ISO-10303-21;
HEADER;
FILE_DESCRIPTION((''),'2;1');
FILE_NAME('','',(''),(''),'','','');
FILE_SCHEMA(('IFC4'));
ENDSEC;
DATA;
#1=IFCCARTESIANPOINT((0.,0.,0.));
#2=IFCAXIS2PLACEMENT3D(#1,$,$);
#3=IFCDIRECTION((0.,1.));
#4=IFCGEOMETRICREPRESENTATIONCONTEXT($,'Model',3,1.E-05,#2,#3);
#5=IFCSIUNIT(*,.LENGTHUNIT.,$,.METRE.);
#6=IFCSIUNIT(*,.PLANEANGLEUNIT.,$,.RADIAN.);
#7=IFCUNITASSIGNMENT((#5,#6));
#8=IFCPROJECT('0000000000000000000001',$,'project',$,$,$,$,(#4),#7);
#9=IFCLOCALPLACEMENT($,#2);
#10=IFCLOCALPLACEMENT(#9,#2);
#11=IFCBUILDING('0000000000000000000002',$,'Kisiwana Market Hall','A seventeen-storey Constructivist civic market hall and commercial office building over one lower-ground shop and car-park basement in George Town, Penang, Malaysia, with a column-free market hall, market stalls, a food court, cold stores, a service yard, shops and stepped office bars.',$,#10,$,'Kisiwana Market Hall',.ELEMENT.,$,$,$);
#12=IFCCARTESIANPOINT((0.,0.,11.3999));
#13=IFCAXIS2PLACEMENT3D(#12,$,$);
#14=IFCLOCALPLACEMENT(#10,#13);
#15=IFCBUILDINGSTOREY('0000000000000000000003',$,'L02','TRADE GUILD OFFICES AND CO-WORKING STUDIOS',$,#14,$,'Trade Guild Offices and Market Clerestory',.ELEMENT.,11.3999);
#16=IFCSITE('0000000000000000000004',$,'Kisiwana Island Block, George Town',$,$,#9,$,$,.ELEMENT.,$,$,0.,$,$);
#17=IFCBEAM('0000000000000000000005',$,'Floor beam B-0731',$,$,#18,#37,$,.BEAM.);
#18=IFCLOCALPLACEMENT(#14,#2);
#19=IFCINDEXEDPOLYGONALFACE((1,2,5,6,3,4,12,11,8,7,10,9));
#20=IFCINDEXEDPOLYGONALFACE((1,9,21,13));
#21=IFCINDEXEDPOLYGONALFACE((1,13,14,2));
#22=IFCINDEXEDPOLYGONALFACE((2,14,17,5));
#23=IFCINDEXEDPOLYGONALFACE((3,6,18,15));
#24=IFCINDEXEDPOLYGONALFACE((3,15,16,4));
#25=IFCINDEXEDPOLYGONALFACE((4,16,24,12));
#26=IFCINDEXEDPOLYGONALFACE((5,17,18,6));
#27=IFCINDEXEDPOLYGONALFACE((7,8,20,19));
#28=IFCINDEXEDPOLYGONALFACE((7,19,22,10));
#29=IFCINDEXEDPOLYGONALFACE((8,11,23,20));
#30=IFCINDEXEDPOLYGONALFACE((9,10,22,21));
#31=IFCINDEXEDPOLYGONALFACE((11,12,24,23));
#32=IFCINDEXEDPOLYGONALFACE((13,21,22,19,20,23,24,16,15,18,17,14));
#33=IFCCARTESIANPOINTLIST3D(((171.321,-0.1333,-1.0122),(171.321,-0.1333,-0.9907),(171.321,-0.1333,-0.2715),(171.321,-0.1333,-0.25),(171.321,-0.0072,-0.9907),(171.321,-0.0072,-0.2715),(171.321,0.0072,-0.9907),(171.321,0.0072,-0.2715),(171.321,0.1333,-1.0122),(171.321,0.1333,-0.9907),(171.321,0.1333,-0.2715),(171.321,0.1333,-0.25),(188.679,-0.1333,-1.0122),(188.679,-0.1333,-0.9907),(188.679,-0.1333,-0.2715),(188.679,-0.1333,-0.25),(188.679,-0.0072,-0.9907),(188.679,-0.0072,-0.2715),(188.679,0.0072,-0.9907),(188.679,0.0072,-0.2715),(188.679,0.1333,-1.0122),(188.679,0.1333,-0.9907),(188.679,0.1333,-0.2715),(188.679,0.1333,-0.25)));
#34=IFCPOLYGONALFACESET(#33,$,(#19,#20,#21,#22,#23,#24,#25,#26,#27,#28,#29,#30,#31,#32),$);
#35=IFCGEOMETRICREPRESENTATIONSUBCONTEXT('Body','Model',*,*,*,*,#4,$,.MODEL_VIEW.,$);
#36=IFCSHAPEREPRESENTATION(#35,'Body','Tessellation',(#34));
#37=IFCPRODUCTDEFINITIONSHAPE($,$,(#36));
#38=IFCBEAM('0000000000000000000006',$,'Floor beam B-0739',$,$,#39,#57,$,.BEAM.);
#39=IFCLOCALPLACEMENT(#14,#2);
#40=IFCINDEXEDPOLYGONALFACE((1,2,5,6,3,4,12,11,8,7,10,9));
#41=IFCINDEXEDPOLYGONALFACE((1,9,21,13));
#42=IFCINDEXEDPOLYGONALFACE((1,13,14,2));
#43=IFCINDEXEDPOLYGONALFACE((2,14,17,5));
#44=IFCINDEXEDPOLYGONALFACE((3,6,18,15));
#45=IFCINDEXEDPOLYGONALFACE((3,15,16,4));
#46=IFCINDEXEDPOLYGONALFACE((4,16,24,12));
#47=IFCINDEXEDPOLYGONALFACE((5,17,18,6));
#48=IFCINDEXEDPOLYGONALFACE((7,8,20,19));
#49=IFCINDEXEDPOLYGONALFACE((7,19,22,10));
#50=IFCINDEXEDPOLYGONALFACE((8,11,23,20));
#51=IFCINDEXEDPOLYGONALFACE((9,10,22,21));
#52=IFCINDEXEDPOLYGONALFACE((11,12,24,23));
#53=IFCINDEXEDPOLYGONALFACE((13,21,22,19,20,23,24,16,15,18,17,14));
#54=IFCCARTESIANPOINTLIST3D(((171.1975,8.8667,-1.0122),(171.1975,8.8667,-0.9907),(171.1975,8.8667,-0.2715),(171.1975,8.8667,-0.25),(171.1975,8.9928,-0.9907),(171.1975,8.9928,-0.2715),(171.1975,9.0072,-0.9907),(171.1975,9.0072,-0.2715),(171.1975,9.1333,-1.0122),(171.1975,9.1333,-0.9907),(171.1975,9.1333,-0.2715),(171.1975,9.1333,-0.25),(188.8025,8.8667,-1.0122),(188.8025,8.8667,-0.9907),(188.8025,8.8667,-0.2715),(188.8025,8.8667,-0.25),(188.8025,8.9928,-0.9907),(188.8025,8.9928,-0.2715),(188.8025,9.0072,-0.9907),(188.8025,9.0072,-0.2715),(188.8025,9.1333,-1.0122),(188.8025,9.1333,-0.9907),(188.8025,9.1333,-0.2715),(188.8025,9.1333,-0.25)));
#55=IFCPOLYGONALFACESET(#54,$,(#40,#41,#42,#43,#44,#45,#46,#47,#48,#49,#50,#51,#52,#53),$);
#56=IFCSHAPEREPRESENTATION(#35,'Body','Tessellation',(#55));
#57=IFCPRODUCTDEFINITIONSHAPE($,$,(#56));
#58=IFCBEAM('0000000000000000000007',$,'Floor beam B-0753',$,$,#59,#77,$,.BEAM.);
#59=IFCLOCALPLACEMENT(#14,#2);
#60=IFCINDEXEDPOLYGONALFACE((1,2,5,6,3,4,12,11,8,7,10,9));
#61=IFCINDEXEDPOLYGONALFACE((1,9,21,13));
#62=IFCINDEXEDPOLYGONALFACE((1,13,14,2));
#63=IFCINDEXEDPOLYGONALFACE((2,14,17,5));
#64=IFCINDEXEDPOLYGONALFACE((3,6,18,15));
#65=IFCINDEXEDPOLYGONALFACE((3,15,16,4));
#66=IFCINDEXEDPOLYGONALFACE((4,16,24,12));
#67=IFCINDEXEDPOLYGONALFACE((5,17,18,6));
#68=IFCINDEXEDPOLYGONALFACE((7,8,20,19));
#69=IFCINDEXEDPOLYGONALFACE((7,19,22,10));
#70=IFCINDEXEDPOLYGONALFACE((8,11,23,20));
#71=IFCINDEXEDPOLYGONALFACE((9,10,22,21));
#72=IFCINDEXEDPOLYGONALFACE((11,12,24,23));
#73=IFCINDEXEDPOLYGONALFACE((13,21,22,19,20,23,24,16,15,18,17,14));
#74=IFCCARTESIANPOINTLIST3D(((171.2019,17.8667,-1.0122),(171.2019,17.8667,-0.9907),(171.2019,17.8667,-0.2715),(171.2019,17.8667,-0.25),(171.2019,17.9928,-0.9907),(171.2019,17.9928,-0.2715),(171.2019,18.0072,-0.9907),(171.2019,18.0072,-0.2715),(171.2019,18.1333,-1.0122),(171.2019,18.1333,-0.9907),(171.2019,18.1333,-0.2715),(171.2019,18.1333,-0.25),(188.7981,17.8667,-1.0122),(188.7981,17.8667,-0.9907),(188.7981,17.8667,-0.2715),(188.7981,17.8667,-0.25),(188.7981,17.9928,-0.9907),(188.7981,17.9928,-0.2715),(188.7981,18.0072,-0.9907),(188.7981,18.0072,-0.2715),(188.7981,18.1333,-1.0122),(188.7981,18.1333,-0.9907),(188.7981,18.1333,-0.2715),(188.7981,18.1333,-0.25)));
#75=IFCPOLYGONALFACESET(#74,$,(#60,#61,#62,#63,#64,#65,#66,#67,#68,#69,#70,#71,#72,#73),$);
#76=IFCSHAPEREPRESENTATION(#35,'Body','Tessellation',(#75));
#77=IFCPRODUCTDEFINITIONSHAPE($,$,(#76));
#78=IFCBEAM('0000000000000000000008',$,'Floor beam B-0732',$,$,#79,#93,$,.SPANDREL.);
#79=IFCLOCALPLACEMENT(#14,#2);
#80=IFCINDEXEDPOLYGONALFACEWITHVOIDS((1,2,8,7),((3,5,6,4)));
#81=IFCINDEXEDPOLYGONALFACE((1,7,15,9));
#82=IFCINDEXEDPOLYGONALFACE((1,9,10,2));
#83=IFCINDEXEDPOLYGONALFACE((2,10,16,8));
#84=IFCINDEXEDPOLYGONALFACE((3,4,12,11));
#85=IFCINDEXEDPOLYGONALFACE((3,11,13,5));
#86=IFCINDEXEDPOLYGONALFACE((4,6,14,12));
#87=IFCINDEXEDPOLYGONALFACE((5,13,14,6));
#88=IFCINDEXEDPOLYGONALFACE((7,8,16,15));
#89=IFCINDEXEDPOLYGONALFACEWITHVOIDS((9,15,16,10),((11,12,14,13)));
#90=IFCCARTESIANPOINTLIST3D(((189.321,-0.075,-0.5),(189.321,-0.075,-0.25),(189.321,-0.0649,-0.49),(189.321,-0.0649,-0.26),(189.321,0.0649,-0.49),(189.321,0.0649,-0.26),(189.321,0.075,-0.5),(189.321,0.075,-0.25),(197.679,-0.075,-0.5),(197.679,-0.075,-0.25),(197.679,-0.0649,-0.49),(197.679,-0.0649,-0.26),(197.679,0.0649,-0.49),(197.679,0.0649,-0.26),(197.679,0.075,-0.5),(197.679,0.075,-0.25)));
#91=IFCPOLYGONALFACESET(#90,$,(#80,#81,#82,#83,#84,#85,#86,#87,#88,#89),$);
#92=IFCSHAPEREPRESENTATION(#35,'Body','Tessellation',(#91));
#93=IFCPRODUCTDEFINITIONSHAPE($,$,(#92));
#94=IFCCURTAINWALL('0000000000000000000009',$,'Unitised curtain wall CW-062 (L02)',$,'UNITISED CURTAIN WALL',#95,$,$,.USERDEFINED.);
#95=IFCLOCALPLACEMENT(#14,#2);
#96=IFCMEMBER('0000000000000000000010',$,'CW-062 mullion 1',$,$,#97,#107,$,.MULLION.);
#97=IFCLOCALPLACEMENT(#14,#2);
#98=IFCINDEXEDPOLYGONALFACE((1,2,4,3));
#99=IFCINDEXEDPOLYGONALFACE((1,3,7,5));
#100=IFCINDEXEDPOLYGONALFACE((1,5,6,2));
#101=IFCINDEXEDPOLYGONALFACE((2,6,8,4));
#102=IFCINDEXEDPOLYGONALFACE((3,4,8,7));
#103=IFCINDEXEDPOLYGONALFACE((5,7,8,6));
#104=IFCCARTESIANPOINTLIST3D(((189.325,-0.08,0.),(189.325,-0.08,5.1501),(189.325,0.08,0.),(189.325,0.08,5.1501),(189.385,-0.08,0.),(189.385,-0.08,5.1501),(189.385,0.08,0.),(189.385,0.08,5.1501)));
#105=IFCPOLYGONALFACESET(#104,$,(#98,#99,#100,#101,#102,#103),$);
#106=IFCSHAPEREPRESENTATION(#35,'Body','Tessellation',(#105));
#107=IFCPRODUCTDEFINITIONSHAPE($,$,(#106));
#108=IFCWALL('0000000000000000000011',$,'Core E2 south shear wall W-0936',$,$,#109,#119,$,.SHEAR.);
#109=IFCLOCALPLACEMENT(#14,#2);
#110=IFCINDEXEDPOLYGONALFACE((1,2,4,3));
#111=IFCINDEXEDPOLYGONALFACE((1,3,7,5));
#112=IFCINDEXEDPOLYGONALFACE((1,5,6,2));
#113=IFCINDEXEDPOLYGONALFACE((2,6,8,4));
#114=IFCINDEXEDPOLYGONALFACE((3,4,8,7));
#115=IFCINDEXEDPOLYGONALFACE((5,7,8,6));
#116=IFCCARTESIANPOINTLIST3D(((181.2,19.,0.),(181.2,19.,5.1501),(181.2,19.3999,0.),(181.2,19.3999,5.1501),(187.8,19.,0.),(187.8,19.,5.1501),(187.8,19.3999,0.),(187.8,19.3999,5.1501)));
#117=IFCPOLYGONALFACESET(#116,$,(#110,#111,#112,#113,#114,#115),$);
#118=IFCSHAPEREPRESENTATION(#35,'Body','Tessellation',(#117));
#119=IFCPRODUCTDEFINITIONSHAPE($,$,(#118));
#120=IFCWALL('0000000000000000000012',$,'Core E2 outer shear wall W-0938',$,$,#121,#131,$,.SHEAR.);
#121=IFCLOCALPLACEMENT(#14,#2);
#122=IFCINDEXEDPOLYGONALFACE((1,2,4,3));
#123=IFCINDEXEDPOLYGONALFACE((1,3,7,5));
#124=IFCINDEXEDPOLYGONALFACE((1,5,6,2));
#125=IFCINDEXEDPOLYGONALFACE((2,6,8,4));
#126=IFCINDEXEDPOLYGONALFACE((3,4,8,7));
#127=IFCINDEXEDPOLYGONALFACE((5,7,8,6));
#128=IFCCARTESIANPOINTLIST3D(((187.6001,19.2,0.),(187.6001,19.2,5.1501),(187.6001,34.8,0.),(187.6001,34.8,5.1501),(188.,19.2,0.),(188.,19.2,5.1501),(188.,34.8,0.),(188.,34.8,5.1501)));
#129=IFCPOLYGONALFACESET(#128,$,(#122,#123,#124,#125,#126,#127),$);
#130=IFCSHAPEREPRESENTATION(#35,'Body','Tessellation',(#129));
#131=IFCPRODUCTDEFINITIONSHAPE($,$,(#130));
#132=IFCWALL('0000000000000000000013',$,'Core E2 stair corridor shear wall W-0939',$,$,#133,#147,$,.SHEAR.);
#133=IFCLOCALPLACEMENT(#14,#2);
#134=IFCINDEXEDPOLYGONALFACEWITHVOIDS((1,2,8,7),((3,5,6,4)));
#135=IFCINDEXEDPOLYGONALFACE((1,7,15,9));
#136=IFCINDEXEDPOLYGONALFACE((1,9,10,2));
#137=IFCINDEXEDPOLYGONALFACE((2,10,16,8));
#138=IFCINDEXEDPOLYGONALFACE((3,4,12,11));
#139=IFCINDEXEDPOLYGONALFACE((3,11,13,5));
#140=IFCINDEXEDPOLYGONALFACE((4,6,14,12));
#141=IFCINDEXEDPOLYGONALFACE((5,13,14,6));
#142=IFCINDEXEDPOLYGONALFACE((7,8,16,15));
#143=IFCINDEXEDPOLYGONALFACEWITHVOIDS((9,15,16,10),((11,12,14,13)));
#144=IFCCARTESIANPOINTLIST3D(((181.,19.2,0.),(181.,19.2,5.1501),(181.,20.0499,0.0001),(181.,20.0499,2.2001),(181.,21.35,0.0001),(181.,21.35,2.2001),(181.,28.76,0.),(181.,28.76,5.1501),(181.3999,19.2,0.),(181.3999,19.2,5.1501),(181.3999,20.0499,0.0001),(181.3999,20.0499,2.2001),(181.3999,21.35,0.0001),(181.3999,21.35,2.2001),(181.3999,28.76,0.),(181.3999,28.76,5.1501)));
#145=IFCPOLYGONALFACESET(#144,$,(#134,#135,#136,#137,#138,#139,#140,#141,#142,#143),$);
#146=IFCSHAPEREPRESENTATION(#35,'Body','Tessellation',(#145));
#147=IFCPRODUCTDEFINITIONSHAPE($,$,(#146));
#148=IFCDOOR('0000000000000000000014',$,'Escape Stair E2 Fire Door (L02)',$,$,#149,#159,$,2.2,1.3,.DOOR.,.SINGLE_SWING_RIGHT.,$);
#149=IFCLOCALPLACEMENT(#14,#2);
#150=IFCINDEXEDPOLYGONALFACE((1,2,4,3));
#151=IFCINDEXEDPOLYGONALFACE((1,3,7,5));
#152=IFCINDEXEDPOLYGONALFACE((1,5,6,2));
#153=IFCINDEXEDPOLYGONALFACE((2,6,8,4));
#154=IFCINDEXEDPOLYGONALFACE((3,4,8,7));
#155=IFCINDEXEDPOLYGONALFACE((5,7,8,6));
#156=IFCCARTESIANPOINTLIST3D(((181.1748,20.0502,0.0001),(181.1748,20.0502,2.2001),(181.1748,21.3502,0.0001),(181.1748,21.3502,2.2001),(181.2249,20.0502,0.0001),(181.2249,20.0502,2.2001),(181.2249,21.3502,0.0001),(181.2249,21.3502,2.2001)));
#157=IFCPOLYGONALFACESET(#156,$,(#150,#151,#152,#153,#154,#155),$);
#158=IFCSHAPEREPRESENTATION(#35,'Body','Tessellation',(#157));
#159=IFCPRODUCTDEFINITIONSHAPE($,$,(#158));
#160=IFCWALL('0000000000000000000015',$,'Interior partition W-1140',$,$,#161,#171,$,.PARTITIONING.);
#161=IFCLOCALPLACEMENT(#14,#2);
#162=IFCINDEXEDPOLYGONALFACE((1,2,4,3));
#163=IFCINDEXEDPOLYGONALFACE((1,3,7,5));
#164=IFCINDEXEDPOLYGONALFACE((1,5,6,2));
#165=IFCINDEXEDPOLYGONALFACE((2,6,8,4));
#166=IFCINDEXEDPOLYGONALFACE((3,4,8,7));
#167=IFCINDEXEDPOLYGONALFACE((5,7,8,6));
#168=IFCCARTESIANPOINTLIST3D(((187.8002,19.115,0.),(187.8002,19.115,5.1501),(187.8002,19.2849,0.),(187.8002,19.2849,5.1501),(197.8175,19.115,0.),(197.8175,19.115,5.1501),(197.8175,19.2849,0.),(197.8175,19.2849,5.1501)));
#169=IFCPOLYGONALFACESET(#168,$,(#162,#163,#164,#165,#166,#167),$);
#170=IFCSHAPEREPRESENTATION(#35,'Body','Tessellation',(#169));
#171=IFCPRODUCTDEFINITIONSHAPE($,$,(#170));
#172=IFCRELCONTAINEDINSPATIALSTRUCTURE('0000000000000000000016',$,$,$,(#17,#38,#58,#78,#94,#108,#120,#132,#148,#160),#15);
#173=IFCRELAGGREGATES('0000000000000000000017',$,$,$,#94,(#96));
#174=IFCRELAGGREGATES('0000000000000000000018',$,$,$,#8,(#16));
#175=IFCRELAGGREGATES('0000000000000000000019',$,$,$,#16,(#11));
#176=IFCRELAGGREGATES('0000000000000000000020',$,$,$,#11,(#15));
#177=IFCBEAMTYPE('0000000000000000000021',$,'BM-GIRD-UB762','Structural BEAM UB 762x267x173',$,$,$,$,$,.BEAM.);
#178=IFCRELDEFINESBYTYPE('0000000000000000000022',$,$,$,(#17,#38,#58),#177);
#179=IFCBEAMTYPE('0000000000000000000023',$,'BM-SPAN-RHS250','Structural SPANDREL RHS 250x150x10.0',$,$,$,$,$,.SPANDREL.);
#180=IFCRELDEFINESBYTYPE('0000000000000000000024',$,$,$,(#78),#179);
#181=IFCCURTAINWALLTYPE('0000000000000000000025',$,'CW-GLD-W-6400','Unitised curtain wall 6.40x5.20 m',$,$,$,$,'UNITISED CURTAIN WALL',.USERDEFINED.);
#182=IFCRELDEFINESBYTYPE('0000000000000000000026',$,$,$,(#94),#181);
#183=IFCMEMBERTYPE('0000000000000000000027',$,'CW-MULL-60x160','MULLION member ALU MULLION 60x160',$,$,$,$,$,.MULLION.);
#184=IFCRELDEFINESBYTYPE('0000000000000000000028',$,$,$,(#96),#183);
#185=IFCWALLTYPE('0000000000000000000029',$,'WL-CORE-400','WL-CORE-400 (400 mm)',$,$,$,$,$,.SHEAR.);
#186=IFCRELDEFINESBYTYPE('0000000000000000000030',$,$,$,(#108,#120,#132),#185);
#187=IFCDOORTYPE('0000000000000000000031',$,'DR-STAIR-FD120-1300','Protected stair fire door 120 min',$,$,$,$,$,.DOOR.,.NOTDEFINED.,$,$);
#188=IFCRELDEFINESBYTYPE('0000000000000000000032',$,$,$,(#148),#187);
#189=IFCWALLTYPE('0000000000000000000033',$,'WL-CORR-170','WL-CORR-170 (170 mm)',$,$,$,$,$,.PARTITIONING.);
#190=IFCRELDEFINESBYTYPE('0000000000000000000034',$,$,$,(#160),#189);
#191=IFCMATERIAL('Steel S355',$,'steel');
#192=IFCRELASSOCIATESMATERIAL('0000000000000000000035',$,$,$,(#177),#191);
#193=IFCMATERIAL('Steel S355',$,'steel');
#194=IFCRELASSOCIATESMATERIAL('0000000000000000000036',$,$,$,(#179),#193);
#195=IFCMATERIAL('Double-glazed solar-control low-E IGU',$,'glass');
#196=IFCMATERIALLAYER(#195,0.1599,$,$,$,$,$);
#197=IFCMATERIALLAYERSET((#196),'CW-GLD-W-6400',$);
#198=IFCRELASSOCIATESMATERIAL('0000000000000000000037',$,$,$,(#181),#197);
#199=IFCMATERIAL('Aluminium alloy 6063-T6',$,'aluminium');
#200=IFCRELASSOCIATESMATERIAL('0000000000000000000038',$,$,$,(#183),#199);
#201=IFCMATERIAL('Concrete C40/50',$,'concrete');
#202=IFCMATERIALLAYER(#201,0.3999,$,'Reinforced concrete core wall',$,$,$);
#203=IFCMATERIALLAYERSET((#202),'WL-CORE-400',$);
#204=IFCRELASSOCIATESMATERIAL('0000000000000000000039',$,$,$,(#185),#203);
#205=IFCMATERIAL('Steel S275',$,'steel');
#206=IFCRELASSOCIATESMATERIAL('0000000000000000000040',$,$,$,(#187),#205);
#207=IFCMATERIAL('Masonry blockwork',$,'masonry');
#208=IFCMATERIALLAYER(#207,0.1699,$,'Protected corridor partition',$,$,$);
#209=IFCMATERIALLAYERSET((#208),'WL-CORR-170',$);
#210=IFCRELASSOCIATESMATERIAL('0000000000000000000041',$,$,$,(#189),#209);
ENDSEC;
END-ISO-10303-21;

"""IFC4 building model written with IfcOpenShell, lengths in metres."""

from ifc_helpers import new_model, si_unit, direction, frame, frame_2d, origin, origin_2d, place, context, subcontext, project, spatial, rectangle, hollow_rectangle, i_section, extrude, material, layer, layer_set, material_profile, profile_set, type_object, element, fill, aggregate, save


model = new_model("IFC4")

# Units and contexts
model_context = context("Model", 3, precision=1e-05, world=origin(), true_north=direction((0.0, 1.0)))
body_context = subcontext(model_context, "Body", "Model", "MODEL_VIEW")
ifc_project = project(units=[si_unit("LENGTHUNIT", "METRE"), si_unit("PLANEANGLEUNIT", "RADIAN")], contexts=[model_context])

# Site, building, storey
site_placement = place(None, origin())
site = spatial("IfcSite", under=ifc_project, at=site_placement, Name="Kisiwana Island Block, George Town", CompositionType="ELEMENT", RefElevation=0.0)
building_placement = place(site_placement, origin())
building = spatial("IfcBuilding", under=site, at=building_placement, Name="Kisiwana Market Hall", Description="A seventeen-storey Constructivist civic market hall and commercial office building over one lower-ground shop and car-park basement in George Town, Penang, Malaysia, with a column-free market hall, market stalls, a food court, cold stores, a service yard, shops and stepped office bars.", LongName="Kisiwana Market Hall", CompositionType="ELEMENT")
storey_placement = place(building_placement, frame((0.0, 0.0, 11.3999)))
storey = spatial("IfcBuildingStorey", under=building, at=storey_placement, Name="L02", Description="TRADE GUILD OFFICES AND CO-WORKING STUDIOS", LongName="Trade Guild Offices and Market Clerestory", CompositionType="ELEMENT", Elevation=11.3999)

# Beams
ifc_material_1 = material(Name="Steel S355", Category="steel")
ifc_material_profile_1 = material_profile(ifc_material_1, i_section(OverallWidth=0.2666, OverallDepth=0.7622, WebThickness=0.0144, FlangeThickness=0.0215, at=origin_2d()), Name="UB 762x267x173")
ifc_profile_set_1 = profile_set([ifc_material_profile_1], Name="Steel S355")
beam_type_1 = type_object("IfcBeamType", Name="BM-GIRD-UB762", Description="Structural BEAM UB 762x267x173", PredefinedType="BEAM", material=ifc_profile_set_1)
beam_1_placement = place(storey_placement, frame((171.321, 0.0, -0.6311), z_axis=(1.0, 0.0, 0.0), x_axis=(0.0, 1.0, 0.0)))
element("IfcBeam", 1, at=beam_1_placement, inside=storey, type_object=beam_type_1, Name="Floor beam B-0731", PredefinedType="BEAM", context=body_context, shape_type="SweptSolid", body=[
    extrude(i_section(OverallWidth=0.2666, OverallDepth=0.7622, WebThickness=0.0144, FlangeThickness=0.0215, at=origin_2d()), origin(), (0.0, 0.0, 1.0), 17.3579),
])
beam_2_placement = place(storey_placement, frame((171.1975, 9.0, -0.6311), z_axis=(1.0, 0.0, 0.0), x_axis=(0.0, 1.0, 0.0)))
element("IfcBeam", 2, at=beam_2_placement, inside=storey, type_object=beam_type_1, Name="Floor beam B-0739", PredefinedType="BEAM", context=body_context, shape_type="SweptSolid", body=[
    extrude(i_section(OverallWidth=0.2666, OverallDepth=0.7622, WebThickness=0.0144, FlangeThickness=0.0215, at=origin_2d()), origin(), (0.0, 0.0, 1.0), 17.605),
])
beam_3_placement = place(storey_placement, frame((171.2019, 18.0, -0.6311), z_axis=(1.0, 0.0, 0.0), x_axis=(0.0, 1.0, 0.0)))
element("IfcBeam", 3, at=beam_3_placement, inside=storey, type_object=beam_type_1, Name="Floor beam B-0753", PredefinedType="BEAM", context=body_context, shape_type="SweptSolid", body=[
    extrude(i_section(OverallWidth=0.2666, OverallDepth=0.7622, WebThickness=0.0144, FlangeThickness=0.0215, at=origin_2d()), origin(), (0.0, 0.0, 1.0), 17.5962),
])
ifc_material_2 = material(Name="Steel S355", Category="steel")
ifc_material_profile_2 = material_profile(ifc_material_2, hollow_rectangle(XDim=0.1499, YDim=0.25, WallThickness=0.01, at=origin_2d()), Name="RHS 250x150x10.0")
ifc_profile_set_2 = profile_set([ifc_material_profile_2], Name="Steel S355")
beam_type_2 = type_object("IfcBeamType", Name="BM-SPAN-RHS250", Description="Structural SPANDREL RHS 250x150x10.0", PredefinedType="SPANDREL", material=ifc_profile_set_2)
beam_4_placement = place(storey_placement, frame((189.321, 0.0, -0.375), z_axis=(1.0, 0.0, 0.0), x_axis=(0.0, 1.0, 0.0)))
element("IfcBeam", 4, at=beam_4_placement, inside=storey, type_object=beam_type_2, Name="Floor beam B-0732", PredefinedType="SPANDREL", context=body_context, shape_type="SweptSolid", body=[
    extrude(hollow_rectangle(XDim=0.1499, YDim=0.25, WallThickness=0.01, at=origin_2d()), origin(), (0.0, 0.0, 1.0), 8.3579),
])

# Curtain wall, member
ifc_material_3 = material(Name="Double-glazed solar-control low-E IGU", Category="glass")
ifc_layer_1 = layer(ifc_material_3, 0.1599)
ifc_layer_set_1 = layer_set([ifc_layer_1], Name="CW-GLD-W-6400")
curtain_wall_type = type_object("IfcCurtainWallType", Name="CW-GLD-W-6400", Description="Unitised curtain wall 6.40x5.20 m", ElementType="UNITISED CURTAIN WALL", PredefinedType="USERDEFINED", material=ifc_layer_set_1)
curtain_wall_placement = place(storey_placement, origin())
curtain_wall = element("IfcCurtainWall", 5, at=curtain_wall_placement, inside=storey, type_object=curtain_wall_type, Name="Unitised curtain wall CW-062 (L02)", ObjectType="UNITISED CURTAIN WALL", PredefinedType="USERDEFINED")
ifc_material_4 = material(Name="Aluminium alloy 6063-T6", Category="aluminium")
ifc_material_profile_3 = material_profile(ifc_material_4, rectangle(XDim=0.0601, YDim=0.1599, at=origin_2d()), Name="ALU MULLION 60x160")
ifc_profile_set_3 = profile_set([ifc_material_profile_3], Name="Aluminium alloy 6063-T6")
member_type = type_object("IfcMemberType", Name="CW-MULL-60x160", Description="MULLION member ALU MULLION 60x160", PredefinedType="MULLION", material=ifc_profile_set_3)
member_placement = place(storey_placement, frame((189.355, 0.0, 0.0), z_axis=(0.0, 0.0, 1.0), x_axis=(1.0, 0.0, 0.0)))
member = element("IfcMember", 6, at=member_placement, type_object=member_type, Name="CW-062 mullion 1", PredefinedType="MULLION", context=body_context, shape_type="SweptSolid", body=[
    extrude(rectangle(XDim=0.0601, YDim=0.1599, at=origin_2d()), origin(), (0.0, 0.0, 1.0), 5.1501),
])
aggregate(curtain_wall, [member])

# Walls
ifc_material_5 = material(Name="Concrete C40/50", Category="concrete")
ifc_layer_2 = layer(ifc_material_5, 0.3999, Name="Reinforced concrete core wall")
ifc_layer_set_2 = layer_set([ifc_layer_2], Name="WL-CORE-400")
wall_type_1 = type_object("IfcWallType", Name="WL-CORE-400", Description="WL-CORE-400 (400 mm)", PredefinedType="SHEAR", material=ifc_layer_set_2)
wall_1_placement = place(storey_placement, frame((181.2, 19.2, 0.0), z_axis=(0.0, 0.0, 1.0), x_axis=(1.0, 0.0, 0.0)))
element("IfcWall", 7, at=wall_1_placement, inside=storey, type_object=wall_type_1, Name="Core E2 south shear wall W-0936", PredefinedType="SHEAR", context=body_context, shape_type="SweptSolid", body=[
    extrude(rectangle(XDim=6.6001, YDim=0.3999, at=frame_2d((3.3, 0.0))), origin(), (0.0, 0.0, 1.0), 5.1501),
])
wall_2_placement = place(storey_placement, frame((187.8, 19.2, 0.0), z_axis=(0.0, 0.0, 1.0), x_axis=(0.0, 1.0, 0.0)))
element("IfcWall", 8, at=wall_2_placement, inside=storey, type_object=wall_type_1, Name="Core E2 outer shear wall W-0938", PredefinedType="SHEAR", context=body_context, shape_type="SweptSolid", body=[
    extrude(rectangle(XDim=15.6001, YDim=0.3999, at=frame_2d((7.8, 0.0))), origin(), (0.0, 0.0, 1.0), 5.1501),
])

# Wall, opening, door
wall_3_placement = place(storey_placement, frame((181.2, 19.2, 0.0), z_axis=(0.0, 0.0, 1.0), x_axis=(0.0, 1.0, 0.0)))
wall_3 = element("IfcWall", 9, at=wall_3_placement, inside=storey, type_object=wall_type_1, Name="Core E2 stair corridor shear wall W-0939", PredefinedType="SHEAR", context=body_context, shape_type="SweptSolid", body=[
    extrude(rectangle(XDim=9.5601, YDim=0.3999, at=frame_2d((4.78, 0.0))), origin(), (0.0, 0.0, 1.0), 5.1501),
])
opening_1_placement = place(wall_3_placement, frame((0.8501, 0.0, 0.0)))
opening_1 = element("IfcOpeningElement", 10, at=opening_1_placement, cuts=wall_3, PredefinedType="OPENING", context=body_context, shape_type="SweptSolid", body=[
    extrude(rectangle(XDim=1.3, YDim=2.2, at=frame_2d((0.6499, 1.1001))), frame((0.0, 0.2119, 0.0), z_axis=(0.0, -1.0, 0.0), x_axis=(1.0, 0.0, 0.0)), (0.0, 0.0, 1.0), 0.4238),
])
ifc_material_6 = material(Name="Steel S275", Category="steel")
door_type_1 = type_object("IfcDoorType", Name="DR-STAIR-FD120-1300", Description="Protected stair fire door 120 min", OperationType="NOTDEFINED", PredefinedType="DOOR", material=ifc_material_6)
door_1_placement = place(opening_1_placement, frame((1.3, 0.0, 0.0), z_axis=(0.0, 0.0, 1.0), x_axis=(-1.0, 0.0, 0.0)))
door_1 = element("IfcDoor", 11, at=door_1_placement, inside=storey, type_object=door_type_1, Name="Escape Stair E2 Fire Door (L02)", OperationType="SINGLE_SWING_RIGHT", OverallHeight=2.2, OverallWidth=1.3, PredefinedType="DOOR", context=body_context, shape_type="SweptSolid", body=[
    extrude(rectangle(XDim=1.3, YDim=2.2, at=frame_2d((0.6499, 1.1001))), frame((0.0, 0.0249, 0.0), z_axis=(0.0, -1.0, 0.0), x_axis=(1.0, 0.0, 0.0)), (0.0, 0.0, 1.0), 0.05),
])
fill(opening_1, door_1)

# Wall
ifc_material_7 = material(Name="Masonry blockwork", Category="masonry")
ifc_layer_3 = layer(ifc_material_7, 0.1699, Name="Protected corridor partition")
ifc_layer_set_3 = layer_set([ifc_layer_3], Name="WL-CORR-170")
wall_type_2 = type_object("IfcWallType", Name="WL-CORR-170", Description="WL-CORR-170 (170 mm)", PredefinedType="PARTITIONING", material=ifc_layer_set_3)
wall_4_placement = place(storey_placement, frame((187.8, 19.2, 0.0), z_axis=(0.0, 0.0, 1.0), x_axis=(1.0, 0.0, 0.0)))
element("IfcWall", 12, at=wall_4_placement, inside=storey, type_object=wall_type_2, Name="Interior partition W-1140", PredefinedType="PARTITIONING", context=body_context, shape_type="SweptSolid", body=[
    extrude(rectangle(XDim=10.0173, YDim=0.1699, at=frame_2d((5.0088, 0.0))), origin(), (0.0, 0.0, 1.0), 5.1501),
])

save(model, "model.ifc")
